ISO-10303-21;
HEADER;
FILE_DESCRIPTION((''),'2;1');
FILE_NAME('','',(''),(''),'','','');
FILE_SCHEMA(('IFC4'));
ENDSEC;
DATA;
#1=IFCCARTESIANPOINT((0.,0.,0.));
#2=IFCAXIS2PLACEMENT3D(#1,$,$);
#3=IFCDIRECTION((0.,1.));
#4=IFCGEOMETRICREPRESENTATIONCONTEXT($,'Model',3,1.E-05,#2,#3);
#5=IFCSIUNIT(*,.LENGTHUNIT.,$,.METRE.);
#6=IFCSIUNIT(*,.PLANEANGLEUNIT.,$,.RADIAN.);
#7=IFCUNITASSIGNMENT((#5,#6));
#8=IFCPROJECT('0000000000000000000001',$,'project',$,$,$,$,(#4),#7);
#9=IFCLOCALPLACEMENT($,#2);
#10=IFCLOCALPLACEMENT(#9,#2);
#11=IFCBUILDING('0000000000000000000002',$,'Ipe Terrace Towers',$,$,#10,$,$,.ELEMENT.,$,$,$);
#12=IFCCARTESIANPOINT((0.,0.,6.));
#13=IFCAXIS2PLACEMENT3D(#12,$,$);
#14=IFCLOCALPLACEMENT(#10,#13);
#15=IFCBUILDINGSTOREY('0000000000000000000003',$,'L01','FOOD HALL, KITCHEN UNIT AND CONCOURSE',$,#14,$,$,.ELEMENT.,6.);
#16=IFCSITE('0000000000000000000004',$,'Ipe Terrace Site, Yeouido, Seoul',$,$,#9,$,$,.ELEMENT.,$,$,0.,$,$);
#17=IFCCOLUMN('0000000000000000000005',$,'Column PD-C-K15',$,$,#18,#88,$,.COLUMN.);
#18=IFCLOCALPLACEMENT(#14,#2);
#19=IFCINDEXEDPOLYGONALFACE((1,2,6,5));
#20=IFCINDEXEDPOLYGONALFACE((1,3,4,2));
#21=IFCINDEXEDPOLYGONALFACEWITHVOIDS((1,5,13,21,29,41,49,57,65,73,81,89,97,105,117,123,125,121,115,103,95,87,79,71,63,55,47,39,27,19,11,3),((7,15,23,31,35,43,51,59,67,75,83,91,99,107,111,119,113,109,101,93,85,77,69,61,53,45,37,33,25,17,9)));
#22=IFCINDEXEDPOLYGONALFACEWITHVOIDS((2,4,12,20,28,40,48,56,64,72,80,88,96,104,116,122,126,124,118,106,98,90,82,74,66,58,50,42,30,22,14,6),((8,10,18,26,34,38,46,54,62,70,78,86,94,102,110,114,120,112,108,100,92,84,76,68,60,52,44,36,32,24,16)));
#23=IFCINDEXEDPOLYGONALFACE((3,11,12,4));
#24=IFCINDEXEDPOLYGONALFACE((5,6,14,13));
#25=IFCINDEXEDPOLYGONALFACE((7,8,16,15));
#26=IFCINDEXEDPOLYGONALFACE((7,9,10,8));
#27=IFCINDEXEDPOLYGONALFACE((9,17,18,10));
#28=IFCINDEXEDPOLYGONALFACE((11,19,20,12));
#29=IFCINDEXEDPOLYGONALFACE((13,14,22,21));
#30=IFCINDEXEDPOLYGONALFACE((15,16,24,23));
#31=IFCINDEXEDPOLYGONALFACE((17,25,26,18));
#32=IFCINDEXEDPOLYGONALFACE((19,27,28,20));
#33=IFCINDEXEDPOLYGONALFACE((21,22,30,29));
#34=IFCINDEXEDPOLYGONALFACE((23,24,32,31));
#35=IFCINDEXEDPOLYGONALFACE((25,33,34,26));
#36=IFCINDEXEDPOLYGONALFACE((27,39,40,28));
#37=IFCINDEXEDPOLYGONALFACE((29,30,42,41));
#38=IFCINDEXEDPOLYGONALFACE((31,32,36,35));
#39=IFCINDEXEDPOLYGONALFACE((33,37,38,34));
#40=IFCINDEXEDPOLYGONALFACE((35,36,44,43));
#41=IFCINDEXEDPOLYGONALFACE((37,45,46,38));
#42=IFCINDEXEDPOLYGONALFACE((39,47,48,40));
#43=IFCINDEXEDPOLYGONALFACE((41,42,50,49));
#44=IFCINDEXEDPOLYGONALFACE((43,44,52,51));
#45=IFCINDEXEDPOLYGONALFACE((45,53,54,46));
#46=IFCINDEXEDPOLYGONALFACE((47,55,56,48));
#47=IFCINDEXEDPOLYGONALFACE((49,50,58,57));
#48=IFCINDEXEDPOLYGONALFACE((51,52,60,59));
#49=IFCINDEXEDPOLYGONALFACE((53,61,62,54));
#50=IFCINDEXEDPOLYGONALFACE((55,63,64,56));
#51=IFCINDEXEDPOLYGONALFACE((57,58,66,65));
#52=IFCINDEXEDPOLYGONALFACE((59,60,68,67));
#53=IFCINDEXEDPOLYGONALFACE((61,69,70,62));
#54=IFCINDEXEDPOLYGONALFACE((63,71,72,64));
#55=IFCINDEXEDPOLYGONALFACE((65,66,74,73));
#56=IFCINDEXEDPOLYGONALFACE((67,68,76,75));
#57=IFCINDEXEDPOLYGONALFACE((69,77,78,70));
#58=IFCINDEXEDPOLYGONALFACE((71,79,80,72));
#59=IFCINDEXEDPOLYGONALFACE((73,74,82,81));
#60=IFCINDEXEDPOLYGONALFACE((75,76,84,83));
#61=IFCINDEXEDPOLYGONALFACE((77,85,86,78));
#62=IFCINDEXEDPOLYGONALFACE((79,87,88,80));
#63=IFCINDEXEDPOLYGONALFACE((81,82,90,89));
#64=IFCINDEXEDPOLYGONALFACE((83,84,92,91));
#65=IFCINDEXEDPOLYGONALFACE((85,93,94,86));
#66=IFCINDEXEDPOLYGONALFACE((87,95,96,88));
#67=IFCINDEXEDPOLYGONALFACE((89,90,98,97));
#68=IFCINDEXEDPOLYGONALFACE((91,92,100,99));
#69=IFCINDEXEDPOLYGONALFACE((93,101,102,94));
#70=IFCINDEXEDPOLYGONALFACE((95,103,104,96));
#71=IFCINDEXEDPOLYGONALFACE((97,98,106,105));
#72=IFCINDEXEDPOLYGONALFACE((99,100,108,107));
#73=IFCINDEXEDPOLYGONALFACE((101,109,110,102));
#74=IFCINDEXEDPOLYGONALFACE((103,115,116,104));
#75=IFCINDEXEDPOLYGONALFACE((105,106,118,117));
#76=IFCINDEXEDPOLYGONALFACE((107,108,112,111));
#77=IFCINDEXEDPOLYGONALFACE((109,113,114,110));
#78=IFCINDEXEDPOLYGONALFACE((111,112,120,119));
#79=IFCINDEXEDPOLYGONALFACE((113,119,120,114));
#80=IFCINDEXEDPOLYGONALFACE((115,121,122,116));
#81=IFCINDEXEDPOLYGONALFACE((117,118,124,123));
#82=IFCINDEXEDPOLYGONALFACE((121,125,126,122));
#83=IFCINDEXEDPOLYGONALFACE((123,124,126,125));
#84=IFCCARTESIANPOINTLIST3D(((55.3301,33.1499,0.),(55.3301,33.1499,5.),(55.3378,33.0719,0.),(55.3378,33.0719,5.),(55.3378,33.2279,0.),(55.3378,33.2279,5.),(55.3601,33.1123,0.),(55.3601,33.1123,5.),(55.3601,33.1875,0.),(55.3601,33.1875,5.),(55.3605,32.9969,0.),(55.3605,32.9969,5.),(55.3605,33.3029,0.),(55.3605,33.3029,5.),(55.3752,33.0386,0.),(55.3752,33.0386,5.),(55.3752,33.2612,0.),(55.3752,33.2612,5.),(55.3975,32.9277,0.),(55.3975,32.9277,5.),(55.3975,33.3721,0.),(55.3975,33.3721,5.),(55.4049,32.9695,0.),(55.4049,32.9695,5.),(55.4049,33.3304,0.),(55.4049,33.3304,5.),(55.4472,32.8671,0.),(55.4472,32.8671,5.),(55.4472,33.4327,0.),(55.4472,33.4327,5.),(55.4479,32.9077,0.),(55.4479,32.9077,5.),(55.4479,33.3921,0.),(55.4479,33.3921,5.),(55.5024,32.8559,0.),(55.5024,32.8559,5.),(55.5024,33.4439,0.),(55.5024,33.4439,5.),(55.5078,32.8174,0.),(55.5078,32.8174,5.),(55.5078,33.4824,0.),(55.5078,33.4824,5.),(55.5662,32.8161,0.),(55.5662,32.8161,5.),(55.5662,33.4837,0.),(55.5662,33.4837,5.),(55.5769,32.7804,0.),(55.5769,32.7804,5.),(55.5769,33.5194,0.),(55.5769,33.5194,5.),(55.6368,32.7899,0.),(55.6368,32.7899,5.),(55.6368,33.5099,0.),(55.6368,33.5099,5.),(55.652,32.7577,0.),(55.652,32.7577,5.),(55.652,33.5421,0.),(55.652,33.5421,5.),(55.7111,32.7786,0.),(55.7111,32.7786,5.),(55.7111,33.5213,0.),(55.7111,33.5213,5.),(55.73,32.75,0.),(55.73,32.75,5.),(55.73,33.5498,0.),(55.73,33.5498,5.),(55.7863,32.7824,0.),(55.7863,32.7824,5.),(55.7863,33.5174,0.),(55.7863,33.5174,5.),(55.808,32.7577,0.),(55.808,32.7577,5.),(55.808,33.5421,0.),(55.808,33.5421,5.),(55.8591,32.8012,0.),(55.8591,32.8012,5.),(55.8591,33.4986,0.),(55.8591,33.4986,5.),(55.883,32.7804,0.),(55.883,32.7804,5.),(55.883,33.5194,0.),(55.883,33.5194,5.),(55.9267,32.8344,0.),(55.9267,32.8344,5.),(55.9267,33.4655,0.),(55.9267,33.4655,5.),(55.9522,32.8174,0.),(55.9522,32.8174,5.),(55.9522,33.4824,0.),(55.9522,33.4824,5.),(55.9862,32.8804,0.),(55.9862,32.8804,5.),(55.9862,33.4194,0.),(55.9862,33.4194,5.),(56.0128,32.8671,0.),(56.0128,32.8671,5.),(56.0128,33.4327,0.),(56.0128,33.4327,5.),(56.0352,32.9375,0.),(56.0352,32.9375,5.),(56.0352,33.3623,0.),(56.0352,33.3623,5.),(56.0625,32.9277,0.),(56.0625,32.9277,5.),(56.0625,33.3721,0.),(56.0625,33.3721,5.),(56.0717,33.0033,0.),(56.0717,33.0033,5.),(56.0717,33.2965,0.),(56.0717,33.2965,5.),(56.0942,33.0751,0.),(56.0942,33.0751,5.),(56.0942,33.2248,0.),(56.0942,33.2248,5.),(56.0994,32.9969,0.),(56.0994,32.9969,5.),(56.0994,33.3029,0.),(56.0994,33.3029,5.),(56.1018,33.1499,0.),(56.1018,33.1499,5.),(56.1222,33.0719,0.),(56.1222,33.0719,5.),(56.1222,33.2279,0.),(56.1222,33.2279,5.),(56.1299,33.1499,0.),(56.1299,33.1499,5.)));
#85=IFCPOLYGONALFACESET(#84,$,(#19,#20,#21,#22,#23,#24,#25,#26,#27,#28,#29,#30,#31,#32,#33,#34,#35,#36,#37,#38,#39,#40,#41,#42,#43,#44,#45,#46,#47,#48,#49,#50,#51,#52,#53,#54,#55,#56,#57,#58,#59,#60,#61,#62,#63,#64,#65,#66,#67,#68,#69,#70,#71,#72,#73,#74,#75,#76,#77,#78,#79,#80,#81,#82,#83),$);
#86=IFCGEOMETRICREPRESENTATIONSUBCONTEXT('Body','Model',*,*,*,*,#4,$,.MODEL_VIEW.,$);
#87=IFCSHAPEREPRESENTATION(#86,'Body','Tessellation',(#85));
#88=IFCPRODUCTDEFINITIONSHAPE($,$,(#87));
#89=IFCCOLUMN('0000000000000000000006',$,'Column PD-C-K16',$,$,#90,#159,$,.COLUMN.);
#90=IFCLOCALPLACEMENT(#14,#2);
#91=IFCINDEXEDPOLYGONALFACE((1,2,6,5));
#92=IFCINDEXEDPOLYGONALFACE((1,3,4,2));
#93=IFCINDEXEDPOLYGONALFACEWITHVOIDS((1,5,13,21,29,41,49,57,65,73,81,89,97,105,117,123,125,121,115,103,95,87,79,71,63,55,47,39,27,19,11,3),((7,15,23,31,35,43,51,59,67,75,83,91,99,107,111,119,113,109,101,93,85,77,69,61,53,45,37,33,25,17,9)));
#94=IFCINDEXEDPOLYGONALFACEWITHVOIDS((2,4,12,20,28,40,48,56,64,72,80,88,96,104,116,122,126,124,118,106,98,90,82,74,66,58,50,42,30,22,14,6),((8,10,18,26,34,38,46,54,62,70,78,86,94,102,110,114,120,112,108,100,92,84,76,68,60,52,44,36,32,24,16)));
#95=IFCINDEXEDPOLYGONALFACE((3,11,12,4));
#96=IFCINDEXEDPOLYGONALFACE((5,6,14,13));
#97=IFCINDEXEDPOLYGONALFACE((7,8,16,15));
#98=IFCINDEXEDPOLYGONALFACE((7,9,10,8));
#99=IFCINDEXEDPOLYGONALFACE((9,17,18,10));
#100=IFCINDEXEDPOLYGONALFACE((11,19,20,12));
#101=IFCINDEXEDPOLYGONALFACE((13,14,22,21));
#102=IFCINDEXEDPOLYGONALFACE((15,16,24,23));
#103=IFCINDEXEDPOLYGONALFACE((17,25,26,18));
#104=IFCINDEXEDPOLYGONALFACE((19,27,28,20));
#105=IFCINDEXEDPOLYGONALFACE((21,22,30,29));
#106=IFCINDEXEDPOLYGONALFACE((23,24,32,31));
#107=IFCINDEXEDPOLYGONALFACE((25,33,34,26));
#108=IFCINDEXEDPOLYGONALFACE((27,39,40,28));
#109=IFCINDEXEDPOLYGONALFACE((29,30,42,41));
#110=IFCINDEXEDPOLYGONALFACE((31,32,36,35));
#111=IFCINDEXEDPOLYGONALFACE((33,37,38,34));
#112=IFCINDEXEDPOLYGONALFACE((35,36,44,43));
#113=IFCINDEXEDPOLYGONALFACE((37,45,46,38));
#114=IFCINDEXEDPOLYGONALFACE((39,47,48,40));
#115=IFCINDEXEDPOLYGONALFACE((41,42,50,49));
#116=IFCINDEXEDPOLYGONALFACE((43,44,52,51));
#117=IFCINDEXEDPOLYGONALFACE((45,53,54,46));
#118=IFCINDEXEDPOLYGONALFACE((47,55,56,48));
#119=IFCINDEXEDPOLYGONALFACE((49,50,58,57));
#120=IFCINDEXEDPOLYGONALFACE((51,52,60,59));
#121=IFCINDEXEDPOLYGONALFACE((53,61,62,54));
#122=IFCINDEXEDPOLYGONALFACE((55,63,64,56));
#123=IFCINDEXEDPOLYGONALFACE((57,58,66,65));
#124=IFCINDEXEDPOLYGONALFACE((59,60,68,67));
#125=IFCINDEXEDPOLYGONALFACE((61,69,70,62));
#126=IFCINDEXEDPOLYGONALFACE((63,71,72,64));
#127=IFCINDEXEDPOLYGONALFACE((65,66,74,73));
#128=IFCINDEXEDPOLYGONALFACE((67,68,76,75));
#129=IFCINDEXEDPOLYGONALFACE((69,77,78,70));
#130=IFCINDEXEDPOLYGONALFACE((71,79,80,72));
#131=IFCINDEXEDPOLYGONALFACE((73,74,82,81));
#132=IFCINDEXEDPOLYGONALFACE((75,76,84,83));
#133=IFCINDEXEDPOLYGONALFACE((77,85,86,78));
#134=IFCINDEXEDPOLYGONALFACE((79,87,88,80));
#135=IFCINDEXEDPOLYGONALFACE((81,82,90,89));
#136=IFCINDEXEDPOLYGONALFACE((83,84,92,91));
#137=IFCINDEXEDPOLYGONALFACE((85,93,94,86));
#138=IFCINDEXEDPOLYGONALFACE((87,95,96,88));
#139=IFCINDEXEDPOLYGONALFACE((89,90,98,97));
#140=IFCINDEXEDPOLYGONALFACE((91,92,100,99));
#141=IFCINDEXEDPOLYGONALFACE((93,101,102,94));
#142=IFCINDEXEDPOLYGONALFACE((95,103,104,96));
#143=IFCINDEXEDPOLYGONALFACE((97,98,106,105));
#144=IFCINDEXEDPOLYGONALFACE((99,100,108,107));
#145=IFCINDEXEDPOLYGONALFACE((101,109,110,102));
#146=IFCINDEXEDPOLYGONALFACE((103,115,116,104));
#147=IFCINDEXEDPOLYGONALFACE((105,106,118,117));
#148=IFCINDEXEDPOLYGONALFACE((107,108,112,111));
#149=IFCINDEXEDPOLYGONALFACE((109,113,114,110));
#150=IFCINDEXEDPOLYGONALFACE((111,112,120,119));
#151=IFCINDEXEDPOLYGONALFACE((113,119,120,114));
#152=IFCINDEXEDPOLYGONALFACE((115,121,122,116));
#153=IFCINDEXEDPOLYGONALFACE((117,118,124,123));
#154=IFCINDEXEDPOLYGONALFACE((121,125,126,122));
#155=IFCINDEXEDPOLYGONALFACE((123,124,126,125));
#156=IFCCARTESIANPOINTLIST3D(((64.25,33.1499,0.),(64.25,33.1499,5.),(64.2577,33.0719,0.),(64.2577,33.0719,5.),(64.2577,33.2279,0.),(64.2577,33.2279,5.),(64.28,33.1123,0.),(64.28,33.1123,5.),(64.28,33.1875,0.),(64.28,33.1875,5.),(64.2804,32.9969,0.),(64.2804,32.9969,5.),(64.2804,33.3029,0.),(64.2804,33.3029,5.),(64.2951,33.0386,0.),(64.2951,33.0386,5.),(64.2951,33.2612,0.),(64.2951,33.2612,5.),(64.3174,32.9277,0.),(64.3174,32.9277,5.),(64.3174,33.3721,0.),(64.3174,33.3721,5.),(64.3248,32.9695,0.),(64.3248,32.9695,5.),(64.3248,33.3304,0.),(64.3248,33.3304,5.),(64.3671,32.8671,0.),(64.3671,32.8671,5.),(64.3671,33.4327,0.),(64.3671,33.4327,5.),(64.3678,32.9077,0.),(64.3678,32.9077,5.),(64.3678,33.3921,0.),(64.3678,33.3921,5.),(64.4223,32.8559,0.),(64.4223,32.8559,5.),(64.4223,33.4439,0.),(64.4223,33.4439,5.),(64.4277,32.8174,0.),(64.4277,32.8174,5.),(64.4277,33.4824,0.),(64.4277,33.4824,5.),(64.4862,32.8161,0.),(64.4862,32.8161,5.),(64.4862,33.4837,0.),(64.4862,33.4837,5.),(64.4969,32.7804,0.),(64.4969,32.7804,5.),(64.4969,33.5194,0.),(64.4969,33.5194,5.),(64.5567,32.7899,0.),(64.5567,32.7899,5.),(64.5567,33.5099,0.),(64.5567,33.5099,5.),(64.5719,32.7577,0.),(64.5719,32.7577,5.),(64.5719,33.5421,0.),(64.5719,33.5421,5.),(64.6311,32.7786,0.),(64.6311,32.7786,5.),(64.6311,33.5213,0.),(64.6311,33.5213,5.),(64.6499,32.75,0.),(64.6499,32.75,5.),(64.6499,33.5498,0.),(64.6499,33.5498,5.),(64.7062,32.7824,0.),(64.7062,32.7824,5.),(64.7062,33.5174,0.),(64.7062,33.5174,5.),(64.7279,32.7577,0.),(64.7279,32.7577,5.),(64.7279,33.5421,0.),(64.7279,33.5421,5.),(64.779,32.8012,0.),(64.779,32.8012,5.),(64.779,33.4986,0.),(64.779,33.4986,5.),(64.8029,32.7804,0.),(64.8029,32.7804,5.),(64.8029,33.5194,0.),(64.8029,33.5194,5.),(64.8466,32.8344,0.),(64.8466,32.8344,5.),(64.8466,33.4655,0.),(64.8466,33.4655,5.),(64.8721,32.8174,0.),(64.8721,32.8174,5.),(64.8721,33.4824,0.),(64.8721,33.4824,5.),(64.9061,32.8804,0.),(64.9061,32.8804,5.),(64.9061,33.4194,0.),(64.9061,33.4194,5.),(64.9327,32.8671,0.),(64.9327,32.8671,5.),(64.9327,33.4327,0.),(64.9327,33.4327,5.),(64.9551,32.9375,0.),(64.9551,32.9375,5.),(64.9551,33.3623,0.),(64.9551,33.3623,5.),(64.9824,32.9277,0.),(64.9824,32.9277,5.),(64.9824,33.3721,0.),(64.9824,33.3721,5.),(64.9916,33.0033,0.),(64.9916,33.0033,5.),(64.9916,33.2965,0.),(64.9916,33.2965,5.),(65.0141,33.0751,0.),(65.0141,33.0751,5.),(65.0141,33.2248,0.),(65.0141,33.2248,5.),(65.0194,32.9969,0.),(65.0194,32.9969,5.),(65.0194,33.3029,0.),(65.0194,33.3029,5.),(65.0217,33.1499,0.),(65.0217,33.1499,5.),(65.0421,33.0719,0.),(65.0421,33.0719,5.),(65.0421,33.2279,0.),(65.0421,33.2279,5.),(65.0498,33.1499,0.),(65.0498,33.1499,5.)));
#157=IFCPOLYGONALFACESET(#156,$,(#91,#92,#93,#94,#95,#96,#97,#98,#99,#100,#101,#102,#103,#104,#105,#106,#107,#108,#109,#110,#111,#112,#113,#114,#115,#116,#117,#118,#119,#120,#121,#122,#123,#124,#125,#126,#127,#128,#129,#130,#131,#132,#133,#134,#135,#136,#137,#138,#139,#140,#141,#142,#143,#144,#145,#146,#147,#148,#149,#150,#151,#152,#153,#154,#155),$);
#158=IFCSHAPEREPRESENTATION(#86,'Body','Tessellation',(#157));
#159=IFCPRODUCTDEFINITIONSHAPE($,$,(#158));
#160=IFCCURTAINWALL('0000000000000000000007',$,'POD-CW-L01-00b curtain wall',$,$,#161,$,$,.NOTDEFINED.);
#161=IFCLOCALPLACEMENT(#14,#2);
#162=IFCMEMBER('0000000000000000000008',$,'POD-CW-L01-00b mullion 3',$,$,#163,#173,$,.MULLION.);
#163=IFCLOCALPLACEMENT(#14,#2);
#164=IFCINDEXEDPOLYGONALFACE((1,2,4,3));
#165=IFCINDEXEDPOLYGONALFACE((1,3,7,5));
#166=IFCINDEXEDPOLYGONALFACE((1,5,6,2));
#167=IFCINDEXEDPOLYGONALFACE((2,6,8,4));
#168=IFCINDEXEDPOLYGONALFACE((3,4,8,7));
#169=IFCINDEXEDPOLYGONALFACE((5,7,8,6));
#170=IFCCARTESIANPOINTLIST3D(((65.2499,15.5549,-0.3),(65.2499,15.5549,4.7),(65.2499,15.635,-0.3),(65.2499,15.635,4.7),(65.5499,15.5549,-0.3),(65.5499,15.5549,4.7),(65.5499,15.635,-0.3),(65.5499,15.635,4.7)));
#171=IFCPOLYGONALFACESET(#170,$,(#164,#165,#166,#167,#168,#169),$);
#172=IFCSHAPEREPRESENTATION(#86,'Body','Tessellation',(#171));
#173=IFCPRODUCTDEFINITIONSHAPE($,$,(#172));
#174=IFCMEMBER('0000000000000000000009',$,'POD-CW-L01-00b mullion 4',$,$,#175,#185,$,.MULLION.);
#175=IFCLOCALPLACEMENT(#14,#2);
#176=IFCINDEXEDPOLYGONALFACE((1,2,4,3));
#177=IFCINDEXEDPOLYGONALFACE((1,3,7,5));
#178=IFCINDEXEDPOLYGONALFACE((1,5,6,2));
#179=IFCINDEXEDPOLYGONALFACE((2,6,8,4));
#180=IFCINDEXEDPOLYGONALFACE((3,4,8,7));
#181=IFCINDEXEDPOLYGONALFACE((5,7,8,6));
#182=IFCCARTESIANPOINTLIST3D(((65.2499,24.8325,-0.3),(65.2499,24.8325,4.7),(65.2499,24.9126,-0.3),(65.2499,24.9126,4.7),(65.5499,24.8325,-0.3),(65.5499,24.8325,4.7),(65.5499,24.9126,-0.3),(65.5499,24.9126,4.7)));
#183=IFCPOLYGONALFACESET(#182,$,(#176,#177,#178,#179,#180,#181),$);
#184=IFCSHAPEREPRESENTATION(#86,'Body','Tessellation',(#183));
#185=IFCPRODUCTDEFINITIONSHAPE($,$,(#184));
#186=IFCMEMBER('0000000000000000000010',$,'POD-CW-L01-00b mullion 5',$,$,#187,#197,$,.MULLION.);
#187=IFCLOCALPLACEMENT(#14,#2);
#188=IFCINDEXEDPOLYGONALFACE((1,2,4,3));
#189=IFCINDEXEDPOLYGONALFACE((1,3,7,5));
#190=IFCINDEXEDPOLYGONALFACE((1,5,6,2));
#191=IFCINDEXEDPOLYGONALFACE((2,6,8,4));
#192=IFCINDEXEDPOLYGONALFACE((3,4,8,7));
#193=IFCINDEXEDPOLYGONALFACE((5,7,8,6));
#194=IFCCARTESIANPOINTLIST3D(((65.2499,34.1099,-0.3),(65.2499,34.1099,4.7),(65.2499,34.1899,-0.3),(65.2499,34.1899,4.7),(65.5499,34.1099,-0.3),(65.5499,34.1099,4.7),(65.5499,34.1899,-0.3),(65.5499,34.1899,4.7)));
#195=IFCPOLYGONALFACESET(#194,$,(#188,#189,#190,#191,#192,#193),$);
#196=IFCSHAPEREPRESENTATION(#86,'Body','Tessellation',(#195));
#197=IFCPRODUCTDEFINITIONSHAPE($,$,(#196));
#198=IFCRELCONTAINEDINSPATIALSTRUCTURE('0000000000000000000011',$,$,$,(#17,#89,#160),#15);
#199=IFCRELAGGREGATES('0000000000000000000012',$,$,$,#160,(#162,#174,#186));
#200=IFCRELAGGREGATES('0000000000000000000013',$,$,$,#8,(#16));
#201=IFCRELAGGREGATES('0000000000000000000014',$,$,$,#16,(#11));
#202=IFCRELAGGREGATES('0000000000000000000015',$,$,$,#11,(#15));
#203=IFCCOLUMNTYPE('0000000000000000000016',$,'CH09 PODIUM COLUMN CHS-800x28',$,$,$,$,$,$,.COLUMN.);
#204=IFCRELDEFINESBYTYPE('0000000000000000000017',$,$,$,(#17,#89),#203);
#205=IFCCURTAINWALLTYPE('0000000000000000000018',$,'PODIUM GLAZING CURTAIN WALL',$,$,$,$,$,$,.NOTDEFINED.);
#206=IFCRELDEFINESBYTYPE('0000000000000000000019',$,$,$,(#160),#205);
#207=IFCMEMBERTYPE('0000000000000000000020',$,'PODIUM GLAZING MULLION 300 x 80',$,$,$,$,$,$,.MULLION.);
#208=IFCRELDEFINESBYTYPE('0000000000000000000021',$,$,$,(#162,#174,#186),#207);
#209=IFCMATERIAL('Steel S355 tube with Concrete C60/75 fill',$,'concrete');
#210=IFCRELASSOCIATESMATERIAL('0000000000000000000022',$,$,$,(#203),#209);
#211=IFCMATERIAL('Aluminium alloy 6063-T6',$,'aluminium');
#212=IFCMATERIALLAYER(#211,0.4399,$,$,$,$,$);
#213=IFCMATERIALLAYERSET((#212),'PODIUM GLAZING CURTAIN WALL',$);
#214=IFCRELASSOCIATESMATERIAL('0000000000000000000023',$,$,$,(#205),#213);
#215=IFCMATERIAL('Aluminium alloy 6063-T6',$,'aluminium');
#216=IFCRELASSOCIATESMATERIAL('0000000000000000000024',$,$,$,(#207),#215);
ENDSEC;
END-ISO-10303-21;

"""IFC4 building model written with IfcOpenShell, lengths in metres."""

from ifc_helpers import new_model, si_unit, direction, frame, origin, origin_2d, place, context, subcontext, project, spatial, rectangle, hollow_circle, extrude, material, layer, layer_set, material_profile, profile_set, type_object, element, aggregate, save


model = new_model("IFC4")

# Units and contexts
model_context = context("Model", 3, precision=1e-05, world=origin(), true_north=direction((0.0, 1.0)))
body_context = subcontext(model_context, "Body", "Model", "MODEL_VIEW")
ifc_project = project(units=[si_unit("LENGTHUNIT", "METRE"), si_unit("PLANEANGLEUNIT", "RADIAN")], contexts=[model_context])

# Site, building, storey
site_placement = place(None, origin())
site = spatial("IfcSite", under=ifc_project, at=site_placement, Name="Ipe Terrace Site, Yeouido, Seoul", CompositionType="ELEMENT", RefElevation=0.0)
building_placement = place(site_placement, origin())
building = spatial("IfcBuilding", under=site, at=building_placement, Name="Ipe Terrace Towers", CompositionType="ELEMENT")
storey_placement = place(building_placement, frame((0.0, 0.0, 6.0)))
storey = spatial("IfcBuildingStorey", under=building, at=storey_placement, Name="L01", Description="FOOD HALL, KITCHEN UNIT AND CONCOURSE", CompositionType="ELEMENT", Elevation=6.0)

# Columns
ifc_material_1 = material(Name="Steel S355 tube with Concrete C60/75 fill", Category="concrete")
ifc_material_profile_1 = material_profile(ifc_material_1, hollow_circle(Radius=0.3999, WallThickness=0.0281, at=origin_2d()), Name="CHS-800x28")
ifc_profile_set_1 = profile_set([ifc_material_profile_1], Name="Steel S355 tube with Concrete C60/75 fill")
column_type = type_object("IfcColumnType", Name="CH09 PODIUM COLUMN CHS-800x28", PredefinedType="COLUMN", material=ifc_profile_set_1)
for number, where, z_axis, x_axis, name in (
    (1, (55.73, 33.1499, 0.0), (0.0, 0.0, 1.0), (1.0, 0.0, 0.0), "Column PD-C-K15"),
    (2, (64.6499, 33.1499, 0.0), (0.0, 0.0, 1.0), (1.0, 0.0, 0.0), "Column PD-C-K16"),
):
    element("IfcColumn", number, at=place(storey_placement, frame(where, z_axis=z_axis, x_axis=x_axis)), inside=storey, type_object=column_type, Name=name, PredefinedType="COLUMN", context=body_context, shape_type="SweptSolid", body=[
        extrude(hollow_circle(Radius=0.3999, WallThickness=0.0281, at=origin_2d()), origin(), (0.0, 0.0, 1.0), 5.0),
    ])

# Curtain wall, members
ifc_material_2 = material(Name="Aluminium alloy 6063-T6", Category="aluminium")
ifc_layer_1 = layer(ifc_material_2, 0.4399)
ifc_layer_set_1 = layer_set([ifc_layer_1], Name="PODIUM GLAZING CURTAIN WALL")
curtain_wall_type = type_object("IfcCurtainWallType", Name="PODIUM GLAZING CURTAIN WALL", PredefinedType="NOTDEFINED", material=ifc_layer_set_1)
curtain_wall_1_placement = place(storey_placement, origin())
curtain_wall_1 = element("IfcCurtainWall", 3, at=curtain_wall_1_placement, inside=storey, type_object=curtain_wall_type, Name="POD-CW-L01-00b curtain wall", PredefinedType="NOTDEFINED")
ifc_material_3 = material(Name="Aluminium alloy 6063-T6", Category="aluminium")
ifc_material_profile_2 = material_profile(ifc_material_3, rectangle(XDim=0.3, YDim=0.0801, at=origin_2d()), Name="PODIUM GLAZING MULLION 300 x 80")
ifc_profile_set_2 = profile_set([ifc_material_profile_2], Name="Aluminium alloy 6063-T6")
member_type_1 = type_object("IfcMemberType", Name="PODIUM GLAZING MULLION 300 x 80", PredefinedType="MULLION", material=ifc_profile_set_2)
member_1_placement = place(storey_placement, frame((65.3999, 15.595, -0.3), z_axis=(0.0, 0.0, 1.0), x_axis=(1.0, 0.0, 0.0)))
member_1 = element("IfcMember", 4, at=member_1_placement, type_object=member_type_1, Name="POD-CW-L01-00b mullion 3", PredefinedType="MULLION", context=body_context, shape_type="SweptSolid", body=[
    extrude(rectangle(XDim=0.3, YDim=0.0801, at=origin_2d()), origin(), (0.0, 0.0, 1.0), 5.0),
])
member_2_placement = place(storey_placement, frame((65.3999, 24.8726, -0.3), z_axis=(0.0, 0.0, 1.0), x_axis=(1.0, 0.0, 0.0)))
member_2 = element("IfcMember", 5, at=member_2_placement, type_object=member_type_1, Name="POD-CW-L01-00b mullion 4", PredefinedType="MULLION", context=body_context, shape_type="SweptSolid", body=[
    extrude(rectangle(XDim=0.3, YDim=0.0801, at=origin_2d()), origin(), (0.0, 0.0, 1.0), 5.0),
])
member_3_placement = place(storey_placement, frame((65.3999, 34.1499, -0.3), z_axis=(0.0, 0.0, 1.0), x_axis=(1.0, 0.0, 0.0)))
member_3 = element("IfcMember", 6, at=member_3_placement, type_object=member_type_1, Name="POD-CW-L01-00b mullion 5", PredefinedType="MULLION", context=body_context, shape_type="SweptSolid", body=[
    extrude(rectangle(XDim=0.3, YDim=0.0801, at=origin_2d()), origin(), (0.0, 0.0, 1.0), 5.0),
])

aggregate(curtain_wall_1, [member_1, member_2, member_3])

save(model, "model.ifc")
